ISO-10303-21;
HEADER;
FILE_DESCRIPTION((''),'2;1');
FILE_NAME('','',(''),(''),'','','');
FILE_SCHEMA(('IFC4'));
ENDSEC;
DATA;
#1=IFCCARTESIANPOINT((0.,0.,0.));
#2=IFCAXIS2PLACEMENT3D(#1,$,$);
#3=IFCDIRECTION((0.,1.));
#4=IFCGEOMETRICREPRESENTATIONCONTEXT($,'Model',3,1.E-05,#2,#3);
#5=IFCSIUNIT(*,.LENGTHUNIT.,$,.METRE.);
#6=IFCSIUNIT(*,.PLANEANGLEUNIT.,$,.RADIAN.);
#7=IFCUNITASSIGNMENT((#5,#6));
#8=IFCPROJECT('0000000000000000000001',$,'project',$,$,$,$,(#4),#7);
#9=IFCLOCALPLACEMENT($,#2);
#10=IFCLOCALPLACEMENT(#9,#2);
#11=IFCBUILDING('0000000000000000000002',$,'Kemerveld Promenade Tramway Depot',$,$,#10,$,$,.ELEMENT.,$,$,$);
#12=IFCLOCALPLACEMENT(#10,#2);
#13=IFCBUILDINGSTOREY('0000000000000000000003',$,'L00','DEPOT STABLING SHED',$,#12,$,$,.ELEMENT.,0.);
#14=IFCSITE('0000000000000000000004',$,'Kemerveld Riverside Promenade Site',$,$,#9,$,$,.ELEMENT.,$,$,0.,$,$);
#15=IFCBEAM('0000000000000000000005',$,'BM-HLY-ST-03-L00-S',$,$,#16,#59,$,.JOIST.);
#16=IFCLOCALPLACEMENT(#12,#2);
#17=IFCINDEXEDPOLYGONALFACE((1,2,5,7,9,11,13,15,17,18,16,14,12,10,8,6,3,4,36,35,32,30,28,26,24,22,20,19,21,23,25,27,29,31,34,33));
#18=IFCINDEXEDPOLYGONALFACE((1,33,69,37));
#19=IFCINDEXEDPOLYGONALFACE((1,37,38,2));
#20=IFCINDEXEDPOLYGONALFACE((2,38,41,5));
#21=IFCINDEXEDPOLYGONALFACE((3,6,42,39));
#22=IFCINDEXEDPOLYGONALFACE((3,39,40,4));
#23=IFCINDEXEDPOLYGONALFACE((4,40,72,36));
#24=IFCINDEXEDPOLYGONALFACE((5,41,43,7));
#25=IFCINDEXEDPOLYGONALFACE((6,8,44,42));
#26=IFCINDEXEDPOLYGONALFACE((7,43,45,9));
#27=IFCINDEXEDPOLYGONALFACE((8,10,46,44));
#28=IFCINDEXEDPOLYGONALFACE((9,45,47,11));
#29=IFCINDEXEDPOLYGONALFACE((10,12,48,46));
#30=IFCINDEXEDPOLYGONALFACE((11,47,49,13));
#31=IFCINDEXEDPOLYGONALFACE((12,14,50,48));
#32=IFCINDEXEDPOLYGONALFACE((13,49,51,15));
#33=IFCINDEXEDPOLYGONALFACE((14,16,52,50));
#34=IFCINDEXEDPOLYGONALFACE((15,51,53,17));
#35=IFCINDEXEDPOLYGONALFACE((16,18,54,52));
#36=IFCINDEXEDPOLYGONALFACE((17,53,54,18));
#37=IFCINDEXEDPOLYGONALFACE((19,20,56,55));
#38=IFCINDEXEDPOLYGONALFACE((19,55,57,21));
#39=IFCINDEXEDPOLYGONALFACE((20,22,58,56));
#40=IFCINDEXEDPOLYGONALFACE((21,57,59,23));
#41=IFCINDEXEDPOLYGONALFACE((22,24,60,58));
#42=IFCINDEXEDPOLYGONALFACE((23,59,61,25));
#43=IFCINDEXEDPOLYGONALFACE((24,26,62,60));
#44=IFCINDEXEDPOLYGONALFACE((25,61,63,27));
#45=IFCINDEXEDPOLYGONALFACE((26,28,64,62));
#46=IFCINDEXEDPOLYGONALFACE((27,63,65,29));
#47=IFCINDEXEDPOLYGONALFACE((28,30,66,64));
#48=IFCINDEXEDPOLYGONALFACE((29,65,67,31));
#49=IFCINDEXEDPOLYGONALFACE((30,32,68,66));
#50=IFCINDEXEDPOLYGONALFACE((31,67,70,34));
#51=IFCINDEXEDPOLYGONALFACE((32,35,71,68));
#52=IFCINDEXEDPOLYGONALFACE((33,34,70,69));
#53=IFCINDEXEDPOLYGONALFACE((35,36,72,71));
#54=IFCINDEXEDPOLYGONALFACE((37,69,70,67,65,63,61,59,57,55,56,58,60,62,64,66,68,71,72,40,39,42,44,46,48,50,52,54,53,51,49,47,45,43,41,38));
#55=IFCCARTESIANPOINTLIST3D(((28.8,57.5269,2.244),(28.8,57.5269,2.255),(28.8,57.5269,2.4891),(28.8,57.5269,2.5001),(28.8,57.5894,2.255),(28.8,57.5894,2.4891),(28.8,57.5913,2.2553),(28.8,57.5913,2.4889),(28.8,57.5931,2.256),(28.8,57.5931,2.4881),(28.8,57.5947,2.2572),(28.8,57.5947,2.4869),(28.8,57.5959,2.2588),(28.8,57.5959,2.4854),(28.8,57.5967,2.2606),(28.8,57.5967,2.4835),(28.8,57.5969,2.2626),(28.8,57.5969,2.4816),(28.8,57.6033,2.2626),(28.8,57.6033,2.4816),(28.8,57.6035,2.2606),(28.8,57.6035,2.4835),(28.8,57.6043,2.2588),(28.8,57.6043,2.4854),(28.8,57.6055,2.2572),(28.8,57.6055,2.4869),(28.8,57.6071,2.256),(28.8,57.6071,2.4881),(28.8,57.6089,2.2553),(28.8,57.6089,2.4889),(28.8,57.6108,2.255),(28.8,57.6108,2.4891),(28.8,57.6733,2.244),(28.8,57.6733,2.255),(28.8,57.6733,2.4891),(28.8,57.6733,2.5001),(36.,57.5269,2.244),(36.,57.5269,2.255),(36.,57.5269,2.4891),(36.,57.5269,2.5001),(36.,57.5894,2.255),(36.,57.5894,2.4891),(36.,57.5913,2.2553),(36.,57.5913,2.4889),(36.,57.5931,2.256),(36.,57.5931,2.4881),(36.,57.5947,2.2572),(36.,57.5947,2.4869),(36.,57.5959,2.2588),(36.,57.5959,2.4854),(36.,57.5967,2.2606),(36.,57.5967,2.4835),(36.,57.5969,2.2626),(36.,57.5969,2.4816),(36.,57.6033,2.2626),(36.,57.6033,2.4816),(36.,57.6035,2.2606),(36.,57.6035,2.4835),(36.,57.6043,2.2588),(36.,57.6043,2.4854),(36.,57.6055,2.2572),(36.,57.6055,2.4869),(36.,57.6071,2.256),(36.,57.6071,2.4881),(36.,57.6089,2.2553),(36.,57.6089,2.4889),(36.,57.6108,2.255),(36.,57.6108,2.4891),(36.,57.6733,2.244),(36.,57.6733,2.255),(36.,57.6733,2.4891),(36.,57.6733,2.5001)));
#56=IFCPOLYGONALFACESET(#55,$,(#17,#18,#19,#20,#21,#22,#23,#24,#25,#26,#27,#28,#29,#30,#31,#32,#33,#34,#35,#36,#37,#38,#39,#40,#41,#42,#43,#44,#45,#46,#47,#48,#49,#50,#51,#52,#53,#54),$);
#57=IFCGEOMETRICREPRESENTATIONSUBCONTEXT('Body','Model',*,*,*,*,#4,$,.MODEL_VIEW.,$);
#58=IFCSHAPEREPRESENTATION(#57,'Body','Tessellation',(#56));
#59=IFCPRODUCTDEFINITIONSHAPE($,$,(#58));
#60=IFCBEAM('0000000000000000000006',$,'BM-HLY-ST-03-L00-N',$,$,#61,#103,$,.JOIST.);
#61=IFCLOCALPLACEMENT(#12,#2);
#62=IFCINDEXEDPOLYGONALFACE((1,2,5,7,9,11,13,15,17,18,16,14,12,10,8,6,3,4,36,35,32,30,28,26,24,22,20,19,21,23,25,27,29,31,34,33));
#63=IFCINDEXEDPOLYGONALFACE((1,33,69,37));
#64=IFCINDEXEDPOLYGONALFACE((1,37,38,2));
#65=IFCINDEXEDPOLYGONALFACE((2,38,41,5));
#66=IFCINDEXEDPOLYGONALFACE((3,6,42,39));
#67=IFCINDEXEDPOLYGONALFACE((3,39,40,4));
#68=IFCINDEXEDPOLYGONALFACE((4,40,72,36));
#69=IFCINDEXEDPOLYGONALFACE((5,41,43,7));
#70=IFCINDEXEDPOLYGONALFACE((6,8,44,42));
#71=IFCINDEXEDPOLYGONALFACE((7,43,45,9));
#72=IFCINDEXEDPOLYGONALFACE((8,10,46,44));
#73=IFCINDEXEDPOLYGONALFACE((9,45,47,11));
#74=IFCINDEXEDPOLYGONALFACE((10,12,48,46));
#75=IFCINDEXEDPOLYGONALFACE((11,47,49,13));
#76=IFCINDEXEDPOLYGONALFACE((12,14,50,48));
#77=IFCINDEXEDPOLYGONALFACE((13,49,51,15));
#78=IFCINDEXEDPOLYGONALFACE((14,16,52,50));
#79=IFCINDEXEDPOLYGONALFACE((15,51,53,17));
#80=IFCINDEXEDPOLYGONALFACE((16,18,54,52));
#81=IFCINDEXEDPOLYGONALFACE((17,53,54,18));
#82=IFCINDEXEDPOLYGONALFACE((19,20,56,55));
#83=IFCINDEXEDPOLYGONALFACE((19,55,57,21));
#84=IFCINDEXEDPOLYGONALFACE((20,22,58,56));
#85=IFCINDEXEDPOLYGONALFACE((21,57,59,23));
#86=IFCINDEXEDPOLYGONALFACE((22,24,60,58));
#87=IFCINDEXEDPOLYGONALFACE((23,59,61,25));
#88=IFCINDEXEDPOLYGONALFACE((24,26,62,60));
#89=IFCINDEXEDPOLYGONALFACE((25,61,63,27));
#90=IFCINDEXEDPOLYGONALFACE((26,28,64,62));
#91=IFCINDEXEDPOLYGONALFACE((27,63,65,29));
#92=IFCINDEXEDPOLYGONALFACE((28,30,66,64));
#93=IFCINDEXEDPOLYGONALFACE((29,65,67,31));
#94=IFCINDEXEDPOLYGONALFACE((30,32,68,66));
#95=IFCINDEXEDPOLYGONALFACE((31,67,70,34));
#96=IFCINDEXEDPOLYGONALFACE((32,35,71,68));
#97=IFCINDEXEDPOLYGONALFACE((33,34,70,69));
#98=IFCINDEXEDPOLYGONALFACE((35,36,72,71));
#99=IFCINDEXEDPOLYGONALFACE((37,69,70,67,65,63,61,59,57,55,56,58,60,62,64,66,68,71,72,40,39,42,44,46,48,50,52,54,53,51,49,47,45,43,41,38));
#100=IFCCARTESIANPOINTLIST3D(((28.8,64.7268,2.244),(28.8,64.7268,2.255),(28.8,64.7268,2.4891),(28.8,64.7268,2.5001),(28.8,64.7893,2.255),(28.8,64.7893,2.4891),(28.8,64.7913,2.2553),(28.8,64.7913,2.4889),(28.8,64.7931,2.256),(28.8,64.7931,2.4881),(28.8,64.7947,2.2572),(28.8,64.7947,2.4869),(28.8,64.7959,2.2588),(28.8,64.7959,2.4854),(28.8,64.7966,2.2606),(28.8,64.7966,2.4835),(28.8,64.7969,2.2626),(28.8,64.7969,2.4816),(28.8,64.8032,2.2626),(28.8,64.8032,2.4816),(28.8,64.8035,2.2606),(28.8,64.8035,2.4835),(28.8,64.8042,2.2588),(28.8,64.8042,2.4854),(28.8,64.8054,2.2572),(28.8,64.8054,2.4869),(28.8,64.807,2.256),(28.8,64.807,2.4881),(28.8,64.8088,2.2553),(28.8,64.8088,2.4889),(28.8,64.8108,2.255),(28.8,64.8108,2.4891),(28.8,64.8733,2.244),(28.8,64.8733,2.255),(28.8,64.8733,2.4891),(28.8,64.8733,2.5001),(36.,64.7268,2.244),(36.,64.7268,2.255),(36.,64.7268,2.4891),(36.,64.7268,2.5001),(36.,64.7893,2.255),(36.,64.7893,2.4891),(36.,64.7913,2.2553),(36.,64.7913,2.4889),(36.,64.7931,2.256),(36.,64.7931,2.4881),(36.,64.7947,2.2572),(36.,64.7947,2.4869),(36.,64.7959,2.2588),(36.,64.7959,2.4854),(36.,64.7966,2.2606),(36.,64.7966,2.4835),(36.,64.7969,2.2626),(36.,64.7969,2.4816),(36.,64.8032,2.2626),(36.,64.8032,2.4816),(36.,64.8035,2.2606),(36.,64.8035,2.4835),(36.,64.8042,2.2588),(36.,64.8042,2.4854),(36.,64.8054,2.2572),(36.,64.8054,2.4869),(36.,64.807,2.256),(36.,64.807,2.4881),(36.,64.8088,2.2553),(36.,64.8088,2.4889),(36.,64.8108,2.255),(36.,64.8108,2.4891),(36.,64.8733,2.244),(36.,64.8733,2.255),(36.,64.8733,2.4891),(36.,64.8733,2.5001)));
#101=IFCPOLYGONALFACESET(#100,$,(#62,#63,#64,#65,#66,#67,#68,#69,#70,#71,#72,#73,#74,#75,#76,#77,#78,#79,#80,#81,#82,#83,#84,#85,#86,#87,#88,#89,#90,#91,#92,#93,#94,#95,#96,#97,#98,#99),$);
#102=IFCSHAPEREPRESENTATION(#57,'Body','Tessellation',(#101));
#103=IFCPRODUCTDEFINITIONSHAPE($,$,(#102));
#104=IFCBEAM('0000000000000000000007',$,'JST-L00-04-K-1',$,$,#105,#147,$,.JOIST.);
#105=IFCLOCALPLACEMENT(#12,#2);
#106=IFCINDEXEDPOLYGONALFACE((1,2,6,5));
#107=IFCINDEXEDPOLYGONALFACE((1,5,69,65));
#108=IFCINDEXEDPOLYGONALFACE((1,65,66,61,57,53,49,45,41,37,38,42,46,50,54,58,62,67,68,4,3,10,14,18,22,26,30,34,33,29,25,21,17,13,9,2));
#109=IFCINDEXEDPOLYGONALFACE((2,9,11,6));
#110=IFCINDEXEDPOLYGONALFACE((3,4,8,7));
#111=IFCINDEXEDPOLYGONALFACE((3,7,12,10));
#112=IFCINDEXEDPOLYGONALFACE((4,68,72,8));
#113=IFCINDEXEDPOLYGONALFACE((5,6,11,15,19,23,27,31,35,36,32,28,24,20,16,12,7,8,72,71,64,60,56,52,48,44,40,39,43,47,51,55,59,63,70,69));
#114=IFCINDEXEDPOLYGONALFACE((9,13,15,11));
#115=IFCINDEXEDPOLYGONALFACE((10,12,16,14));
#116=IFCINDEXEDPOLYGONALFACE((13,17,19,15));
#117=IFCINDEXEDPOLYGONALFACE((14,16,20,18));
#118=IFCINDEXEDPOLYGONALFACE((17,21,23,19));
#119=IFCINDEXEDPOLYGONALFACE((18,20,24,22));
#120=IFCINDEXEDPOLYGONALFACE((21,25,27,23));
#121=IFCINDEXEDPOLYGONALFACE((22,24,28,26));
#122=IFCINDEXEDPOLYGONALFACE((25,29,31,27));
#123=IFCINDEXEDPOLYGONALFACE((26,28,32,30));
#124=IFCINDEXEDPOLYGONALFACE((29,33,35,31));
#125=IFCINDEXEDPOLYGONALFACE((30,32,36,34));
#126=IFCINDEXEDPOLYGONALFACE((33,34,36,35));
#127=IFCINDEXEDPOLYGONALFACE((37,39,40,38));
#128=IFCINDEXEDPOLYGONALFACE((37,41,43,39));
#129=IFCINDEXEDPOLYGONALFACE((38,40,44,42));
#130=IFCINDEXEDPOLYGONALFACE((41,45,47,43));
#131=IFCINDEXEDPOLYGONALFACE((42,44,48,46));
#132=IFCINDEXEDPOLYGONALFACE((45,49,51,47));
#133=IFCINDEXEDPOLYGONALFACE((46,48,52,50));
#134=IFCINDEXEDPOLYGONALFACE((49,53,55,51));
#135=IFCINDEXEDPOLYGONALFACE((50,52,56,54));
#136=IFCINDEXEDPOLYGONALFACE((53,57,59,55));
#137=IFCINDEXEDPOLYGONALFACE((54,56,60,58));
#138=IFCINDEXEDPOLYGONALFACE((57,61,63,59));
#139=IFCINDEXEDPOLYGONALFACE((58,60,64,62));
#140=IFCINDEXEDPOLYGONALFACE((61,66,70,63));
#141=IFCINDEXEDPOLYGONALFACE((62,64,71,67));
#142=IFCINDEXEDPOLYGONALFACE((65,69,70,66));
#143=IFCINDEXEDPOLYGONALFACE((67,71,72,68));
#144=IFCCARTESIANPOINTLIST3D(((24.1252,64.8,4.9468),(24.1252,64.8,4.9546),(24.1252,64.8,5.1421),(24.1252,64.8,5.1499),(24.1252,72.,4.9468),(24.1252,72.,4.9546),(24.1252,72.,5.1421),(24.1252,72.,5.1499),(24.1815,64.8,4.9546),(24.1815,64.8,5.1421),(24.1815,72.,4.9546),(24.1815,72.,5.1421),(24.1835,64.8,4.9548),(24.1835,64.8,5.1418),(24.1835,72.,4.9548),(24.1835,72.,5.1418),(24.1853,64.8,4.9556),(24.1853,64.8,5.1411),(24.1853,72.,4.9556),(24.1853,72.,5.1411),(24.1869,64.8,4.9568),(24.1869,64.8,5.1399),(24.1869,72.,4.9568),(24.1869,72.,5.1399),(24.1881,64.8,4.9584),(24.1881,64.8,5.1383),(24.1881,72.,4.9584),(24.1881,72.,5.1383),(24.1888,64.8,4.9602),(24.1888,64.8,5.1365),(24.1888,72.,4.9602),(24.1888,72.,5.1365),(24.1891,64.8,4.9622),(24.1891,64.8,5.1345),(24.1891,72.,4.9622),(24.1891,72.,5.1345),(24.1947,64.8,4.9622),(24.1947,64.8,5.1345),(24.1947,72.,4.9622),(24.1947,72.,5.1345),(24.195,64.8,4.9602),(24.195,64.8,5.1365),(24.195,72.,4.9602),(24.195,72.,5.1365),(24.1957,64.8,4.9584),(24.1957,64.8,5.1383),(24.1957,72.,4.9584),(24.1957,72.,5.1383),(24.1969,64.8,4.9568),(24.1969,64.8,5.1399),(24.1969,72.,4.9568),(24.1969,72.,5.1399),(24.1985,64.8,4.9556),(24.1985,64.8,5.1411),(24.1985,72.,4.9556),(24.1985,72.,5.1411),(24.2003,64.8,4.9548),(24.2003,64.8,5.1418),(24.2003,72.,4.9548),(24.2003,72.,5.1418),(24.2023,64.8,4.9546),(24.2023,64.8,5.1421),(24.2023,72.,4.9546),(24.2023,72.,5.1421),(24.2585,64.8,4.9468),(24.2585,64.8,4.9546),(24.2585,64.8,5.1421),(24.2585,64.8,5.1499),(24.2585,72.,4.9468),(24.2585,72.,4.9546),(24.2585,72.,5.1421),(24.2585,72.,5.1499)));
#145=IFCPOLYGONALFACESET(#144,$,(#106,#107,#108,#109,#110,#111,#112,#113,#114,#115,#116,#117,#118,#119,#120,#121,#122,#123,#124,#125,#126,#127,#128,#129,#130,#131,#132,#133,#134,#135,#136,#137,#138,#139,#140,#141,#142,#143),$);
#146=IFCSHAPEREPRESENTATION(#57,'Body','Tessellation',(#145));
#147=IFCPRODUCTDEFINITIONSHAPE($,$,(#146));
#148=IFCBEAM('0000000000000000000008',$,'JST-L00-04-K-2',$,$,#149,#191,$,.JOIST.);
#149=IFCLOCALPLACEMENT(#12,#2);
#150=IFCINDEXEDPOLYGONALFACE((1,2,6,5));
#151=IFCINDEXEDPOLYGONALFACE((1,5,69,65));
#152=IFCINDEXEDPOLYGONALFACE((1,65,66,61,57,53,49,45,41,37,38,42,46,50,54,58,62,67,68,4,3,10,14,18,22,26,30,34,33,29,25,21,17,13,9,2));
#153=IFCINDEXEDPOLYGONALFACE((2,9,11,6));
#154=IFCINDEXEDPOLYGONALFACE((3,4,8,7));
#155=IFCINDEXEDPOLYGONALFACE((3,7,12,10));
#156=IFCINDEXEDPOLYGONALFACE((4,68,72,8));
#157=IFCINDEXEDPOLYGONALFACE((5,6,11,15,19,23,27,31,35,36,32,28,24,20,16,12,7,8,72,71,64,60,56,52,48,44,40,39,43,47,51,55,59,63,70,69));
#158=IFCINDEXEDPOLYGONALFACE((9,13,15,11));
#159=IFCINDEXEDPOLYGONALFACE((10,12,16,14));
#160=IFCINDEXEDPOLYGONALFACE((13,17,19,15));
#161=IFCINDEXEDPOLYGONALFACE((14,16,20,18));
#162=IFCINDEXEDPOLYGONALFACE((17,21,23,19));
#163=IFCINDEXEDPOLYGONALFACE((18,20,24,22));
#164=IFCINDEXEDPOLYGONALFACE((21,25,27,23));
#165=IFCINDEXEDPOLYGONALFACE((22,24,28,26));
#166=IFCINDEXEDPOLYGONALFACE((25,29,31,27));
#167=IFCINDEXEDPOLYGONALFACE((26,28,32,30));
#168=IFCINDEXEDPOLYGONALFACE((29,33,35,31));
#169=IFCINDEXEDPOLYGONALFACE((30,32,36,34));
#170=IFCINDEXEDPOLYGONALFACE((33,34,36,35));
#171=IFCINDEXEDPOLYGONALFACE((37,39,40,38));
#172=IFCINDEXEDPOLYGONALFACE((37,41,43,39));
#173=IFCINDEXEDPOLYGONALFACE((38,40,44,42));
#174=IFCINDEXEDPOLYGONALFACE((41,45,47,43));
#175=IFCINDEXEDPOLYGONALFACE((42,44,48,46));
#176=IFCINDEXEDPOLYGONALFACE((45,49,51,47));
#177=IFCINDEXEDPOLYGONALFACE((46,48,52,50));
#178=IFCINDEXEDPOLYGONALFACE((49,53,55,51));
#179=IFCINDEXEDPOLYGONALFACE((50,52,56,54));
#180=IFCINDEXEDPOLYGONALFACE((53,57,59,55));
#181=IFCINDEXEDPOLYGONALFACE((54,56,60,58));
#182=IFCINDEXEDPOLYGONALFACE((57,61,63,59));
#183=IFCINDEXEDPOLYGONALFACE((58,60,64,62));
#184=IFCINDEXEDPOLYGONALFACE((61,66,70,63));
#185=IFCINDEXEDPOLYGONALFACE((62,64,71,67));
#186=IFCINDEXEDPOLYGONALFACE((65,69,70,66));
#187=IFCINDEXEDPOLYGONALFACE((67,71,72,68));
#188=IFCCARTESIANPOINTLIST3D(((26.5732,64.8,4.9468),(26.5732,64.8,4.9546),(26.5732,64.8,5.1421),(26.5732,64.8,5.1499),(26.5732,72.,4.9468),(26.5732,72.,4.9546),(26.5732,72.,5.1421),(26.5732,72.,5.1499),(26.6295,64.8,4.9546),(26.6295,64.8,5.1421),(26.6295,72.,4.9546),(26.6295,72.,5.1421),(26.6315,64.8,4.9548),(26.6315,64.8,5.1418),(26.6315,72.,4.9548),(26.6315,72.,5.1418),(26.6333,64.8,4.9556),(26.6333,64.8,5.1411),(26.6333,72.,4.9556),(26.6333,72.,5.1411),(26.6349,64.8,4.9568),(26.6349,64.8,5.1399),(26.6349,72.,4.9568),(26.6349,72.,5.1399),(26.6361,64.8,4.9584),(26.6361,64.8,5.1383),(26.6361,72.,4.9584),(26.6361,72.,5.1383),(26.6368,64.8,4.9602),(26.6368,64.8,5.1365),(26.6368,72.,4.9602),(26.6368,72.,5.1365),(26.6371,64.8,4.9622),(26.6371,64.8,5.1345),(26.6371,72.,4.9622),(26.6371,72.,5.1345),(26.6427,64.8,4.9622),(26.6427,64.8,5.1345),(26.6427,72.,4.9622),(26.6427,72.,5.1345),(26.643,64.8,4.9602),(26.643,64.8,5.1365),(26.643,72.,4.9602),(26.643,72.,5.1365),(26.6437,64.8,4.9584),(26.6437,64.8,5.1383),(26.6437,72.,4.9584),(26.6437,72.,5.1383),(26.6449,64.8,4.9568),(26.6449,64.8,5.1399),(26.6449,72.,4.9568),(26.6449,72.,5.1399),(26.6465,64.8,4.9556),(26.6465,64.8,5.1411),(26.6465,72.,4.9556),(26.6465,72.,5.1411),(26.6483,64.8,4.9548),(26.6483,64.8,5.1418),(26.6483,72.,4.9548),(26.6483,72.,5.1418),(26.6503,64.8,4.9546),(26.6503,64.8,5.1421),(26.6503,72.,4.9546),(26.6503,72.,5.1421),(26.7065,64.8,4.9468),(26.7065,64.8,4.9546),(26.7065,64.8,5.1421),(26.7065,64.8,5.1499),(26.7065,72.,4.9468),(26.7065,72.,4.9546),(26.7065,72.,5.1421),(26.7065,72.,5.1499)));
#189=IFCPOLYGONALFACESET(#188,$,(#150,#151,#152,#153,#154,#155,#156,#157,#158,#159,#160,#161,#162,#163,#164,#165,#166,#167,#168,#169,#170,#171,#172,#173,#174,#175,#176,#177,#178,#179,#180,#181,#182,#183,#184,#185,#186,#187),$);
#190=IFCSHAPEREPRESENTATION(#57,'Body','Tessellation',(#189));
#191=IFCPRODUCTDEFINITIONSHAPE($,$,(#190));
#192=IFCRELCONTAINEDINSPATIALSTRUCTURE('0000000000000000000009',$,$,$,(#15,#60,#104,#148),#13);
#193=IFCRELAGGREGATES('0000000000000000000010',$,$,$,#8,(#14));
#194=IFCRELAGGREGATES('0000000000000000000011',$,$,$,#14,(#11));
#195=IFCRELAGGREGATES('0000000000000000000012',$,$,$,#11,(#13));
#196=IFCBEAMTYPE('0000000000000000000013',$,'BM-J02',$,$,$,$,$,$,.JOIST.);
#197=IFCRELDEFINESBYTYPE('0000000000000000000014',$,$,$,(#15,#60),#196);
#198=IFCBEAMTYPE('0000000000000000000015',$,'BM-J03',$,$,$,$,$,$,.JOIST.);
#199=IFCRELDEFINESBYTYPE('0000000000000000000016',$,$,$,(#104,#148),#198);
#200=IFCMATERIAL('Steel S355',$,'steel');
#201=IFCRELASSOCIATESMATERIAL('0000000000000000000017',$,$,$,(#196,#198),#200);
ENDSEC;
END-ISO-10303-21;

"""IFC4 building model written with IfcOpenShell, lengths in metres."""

from ifc_helpers import new_model, si_unit, direction, frame, origin, origin_2d, place, context, subcontext, project, spatial, i_section, extrude, material, material_profile, profile_set, type_object, element, save


model = new_model("IFC4")

# Units and contexts
model_context = context("Model", 3, precision=1e-05, world=origin(), true_north=direction((0.0, 1.0)))
body_context = subcontext(model_context, "Body", "Model", "MODEL_VIEW")
ifc_project = project(units=[si_unit("LENGTHUNIT", "METRE"), si_unit("PLANEANGLEUNIT", "RADIAN")], contexts=[model_context])

# Site, building, storey
site_placement = place(None, origin())
site = spatial("IfcSite", under=ifc_project, at=site_placement, Name="Kemerveld Riverside Promenade Site", CompositionType="ELEMENT", RefElevation=0.0)
building_placement = place(site_placement, origin())
building = spatial("IfcBuilding", under=site, at=building_placement, Name="Kemerveld Promenade Tramway Depot", CompositionType="ELEMENT")
storey_placement = place(building_placement, origin())
storey = spatial("IfcBuildingStorey", under=building, at=storey_placement, Name="L00", Description="DEPOT STABLING SHED", CompositionType="ELEMENT", Elevation=0.0)

# Shared definitions
ifc_material_1 = material(Name="Steel S355", Category="steel")

# Beams
ifc_material_profile_1 = material_profile(ifc_material_1, i_section(OverallWidth=0.1465, OverallDepth=0.2561, WebThickness=0.0063, FlangeThickness=0.011, FilletRadius=0.0076, at=origin_2d()), Name="254x146x37 UB")
ifc_profile_set_1 = profile_set([ifc_material_profile_1], Name="Steel S355")
beam_type_1 = type_object("IfcBeamType", Name="BM-J02", PredefinedType="JOIST", material=ifc_profile_set_1)
for number, where, z_axis, x_axis, name in (
    (1, (28.8, 57.6001, 2.3721), (1.0, 0.0, 0.0), (0.0, 1.0, 0.0), "BM-HLY-ST-03-L00-S"),
    (2, (28.8, 64.8, 2.3721), (1.0, 0.0, 0.0), (0.0, 1.0, 0.0), "BM-HLY-ST-03-L00-N"),
):
    element("IfcBeam", number, at=place(storey_placement, frame(where, z_axis=z_axis, x_axis=x_axis)), inside=storey, type_object=beam_type_1, Name=name, PredefinedType="JOIST", context=body_context, shape_type="SweptSolid", body=[
        extrude(i_section(OverallWidth=0.1465, OverallDepth=0.2561, WebThickness=0.0063, FlangeThickness=0.011, FilletRadius=0.0076, at=origin_2d()), origin(), (0.0, 0.0, 1.0), 7.2),
    ])
ifc_material_profile_2 = material_profile(ifc_material_1, i_section(OverallWidth=0.1333, OverallDepth=0.2031, WebThickness=0.0056, FlangeThickness=0.0078, FilletRadius=0.0076, at=origin_2d()), Name="203x133x25 UB")
ifc_profile_set_2 = profile_set([ifc_material_profile_2], Name="Steel S355")
beam_type_2 = type_object("IfcBeamType", Name="BM-J03", PredefinedType="JOIST", material=ifc_profile_set_2)
for number, where, z_axis, x_axis, name in (
    (3, (24.1919, 64.8, 5.0483), (0.0, 1.0, 0.0), (-1.0, 0.0, 0.0), "JST-L00-04-K-1"),
    (4, (26.6399, 64.8, 5.0483), (0.0, 1.0, 0.0), (-1.0, 0.0, 0.0), "JST-L00-04-K-2"),
):
    element("IfcBeam", number, at=place(storey_placement, frame(where, z_axis=z_axis, x_axis=x_axis)), inside=storey, type_object=beam_type_2, Name=name, PredefinedType="JOIST", context=body_context, shape_type="SweptSolid", body=[
        extrude(i_section(OverallWidth=0.1333, OverallDepth=0.2031, WebThickness=0.0056, FlangeThickness=0.0078, FilletRadius=0.0076, at=origin_2d()), origin(), (0.0, 0.0, 1.0), 7.2),
    ])

save(model, "model.ifc")
